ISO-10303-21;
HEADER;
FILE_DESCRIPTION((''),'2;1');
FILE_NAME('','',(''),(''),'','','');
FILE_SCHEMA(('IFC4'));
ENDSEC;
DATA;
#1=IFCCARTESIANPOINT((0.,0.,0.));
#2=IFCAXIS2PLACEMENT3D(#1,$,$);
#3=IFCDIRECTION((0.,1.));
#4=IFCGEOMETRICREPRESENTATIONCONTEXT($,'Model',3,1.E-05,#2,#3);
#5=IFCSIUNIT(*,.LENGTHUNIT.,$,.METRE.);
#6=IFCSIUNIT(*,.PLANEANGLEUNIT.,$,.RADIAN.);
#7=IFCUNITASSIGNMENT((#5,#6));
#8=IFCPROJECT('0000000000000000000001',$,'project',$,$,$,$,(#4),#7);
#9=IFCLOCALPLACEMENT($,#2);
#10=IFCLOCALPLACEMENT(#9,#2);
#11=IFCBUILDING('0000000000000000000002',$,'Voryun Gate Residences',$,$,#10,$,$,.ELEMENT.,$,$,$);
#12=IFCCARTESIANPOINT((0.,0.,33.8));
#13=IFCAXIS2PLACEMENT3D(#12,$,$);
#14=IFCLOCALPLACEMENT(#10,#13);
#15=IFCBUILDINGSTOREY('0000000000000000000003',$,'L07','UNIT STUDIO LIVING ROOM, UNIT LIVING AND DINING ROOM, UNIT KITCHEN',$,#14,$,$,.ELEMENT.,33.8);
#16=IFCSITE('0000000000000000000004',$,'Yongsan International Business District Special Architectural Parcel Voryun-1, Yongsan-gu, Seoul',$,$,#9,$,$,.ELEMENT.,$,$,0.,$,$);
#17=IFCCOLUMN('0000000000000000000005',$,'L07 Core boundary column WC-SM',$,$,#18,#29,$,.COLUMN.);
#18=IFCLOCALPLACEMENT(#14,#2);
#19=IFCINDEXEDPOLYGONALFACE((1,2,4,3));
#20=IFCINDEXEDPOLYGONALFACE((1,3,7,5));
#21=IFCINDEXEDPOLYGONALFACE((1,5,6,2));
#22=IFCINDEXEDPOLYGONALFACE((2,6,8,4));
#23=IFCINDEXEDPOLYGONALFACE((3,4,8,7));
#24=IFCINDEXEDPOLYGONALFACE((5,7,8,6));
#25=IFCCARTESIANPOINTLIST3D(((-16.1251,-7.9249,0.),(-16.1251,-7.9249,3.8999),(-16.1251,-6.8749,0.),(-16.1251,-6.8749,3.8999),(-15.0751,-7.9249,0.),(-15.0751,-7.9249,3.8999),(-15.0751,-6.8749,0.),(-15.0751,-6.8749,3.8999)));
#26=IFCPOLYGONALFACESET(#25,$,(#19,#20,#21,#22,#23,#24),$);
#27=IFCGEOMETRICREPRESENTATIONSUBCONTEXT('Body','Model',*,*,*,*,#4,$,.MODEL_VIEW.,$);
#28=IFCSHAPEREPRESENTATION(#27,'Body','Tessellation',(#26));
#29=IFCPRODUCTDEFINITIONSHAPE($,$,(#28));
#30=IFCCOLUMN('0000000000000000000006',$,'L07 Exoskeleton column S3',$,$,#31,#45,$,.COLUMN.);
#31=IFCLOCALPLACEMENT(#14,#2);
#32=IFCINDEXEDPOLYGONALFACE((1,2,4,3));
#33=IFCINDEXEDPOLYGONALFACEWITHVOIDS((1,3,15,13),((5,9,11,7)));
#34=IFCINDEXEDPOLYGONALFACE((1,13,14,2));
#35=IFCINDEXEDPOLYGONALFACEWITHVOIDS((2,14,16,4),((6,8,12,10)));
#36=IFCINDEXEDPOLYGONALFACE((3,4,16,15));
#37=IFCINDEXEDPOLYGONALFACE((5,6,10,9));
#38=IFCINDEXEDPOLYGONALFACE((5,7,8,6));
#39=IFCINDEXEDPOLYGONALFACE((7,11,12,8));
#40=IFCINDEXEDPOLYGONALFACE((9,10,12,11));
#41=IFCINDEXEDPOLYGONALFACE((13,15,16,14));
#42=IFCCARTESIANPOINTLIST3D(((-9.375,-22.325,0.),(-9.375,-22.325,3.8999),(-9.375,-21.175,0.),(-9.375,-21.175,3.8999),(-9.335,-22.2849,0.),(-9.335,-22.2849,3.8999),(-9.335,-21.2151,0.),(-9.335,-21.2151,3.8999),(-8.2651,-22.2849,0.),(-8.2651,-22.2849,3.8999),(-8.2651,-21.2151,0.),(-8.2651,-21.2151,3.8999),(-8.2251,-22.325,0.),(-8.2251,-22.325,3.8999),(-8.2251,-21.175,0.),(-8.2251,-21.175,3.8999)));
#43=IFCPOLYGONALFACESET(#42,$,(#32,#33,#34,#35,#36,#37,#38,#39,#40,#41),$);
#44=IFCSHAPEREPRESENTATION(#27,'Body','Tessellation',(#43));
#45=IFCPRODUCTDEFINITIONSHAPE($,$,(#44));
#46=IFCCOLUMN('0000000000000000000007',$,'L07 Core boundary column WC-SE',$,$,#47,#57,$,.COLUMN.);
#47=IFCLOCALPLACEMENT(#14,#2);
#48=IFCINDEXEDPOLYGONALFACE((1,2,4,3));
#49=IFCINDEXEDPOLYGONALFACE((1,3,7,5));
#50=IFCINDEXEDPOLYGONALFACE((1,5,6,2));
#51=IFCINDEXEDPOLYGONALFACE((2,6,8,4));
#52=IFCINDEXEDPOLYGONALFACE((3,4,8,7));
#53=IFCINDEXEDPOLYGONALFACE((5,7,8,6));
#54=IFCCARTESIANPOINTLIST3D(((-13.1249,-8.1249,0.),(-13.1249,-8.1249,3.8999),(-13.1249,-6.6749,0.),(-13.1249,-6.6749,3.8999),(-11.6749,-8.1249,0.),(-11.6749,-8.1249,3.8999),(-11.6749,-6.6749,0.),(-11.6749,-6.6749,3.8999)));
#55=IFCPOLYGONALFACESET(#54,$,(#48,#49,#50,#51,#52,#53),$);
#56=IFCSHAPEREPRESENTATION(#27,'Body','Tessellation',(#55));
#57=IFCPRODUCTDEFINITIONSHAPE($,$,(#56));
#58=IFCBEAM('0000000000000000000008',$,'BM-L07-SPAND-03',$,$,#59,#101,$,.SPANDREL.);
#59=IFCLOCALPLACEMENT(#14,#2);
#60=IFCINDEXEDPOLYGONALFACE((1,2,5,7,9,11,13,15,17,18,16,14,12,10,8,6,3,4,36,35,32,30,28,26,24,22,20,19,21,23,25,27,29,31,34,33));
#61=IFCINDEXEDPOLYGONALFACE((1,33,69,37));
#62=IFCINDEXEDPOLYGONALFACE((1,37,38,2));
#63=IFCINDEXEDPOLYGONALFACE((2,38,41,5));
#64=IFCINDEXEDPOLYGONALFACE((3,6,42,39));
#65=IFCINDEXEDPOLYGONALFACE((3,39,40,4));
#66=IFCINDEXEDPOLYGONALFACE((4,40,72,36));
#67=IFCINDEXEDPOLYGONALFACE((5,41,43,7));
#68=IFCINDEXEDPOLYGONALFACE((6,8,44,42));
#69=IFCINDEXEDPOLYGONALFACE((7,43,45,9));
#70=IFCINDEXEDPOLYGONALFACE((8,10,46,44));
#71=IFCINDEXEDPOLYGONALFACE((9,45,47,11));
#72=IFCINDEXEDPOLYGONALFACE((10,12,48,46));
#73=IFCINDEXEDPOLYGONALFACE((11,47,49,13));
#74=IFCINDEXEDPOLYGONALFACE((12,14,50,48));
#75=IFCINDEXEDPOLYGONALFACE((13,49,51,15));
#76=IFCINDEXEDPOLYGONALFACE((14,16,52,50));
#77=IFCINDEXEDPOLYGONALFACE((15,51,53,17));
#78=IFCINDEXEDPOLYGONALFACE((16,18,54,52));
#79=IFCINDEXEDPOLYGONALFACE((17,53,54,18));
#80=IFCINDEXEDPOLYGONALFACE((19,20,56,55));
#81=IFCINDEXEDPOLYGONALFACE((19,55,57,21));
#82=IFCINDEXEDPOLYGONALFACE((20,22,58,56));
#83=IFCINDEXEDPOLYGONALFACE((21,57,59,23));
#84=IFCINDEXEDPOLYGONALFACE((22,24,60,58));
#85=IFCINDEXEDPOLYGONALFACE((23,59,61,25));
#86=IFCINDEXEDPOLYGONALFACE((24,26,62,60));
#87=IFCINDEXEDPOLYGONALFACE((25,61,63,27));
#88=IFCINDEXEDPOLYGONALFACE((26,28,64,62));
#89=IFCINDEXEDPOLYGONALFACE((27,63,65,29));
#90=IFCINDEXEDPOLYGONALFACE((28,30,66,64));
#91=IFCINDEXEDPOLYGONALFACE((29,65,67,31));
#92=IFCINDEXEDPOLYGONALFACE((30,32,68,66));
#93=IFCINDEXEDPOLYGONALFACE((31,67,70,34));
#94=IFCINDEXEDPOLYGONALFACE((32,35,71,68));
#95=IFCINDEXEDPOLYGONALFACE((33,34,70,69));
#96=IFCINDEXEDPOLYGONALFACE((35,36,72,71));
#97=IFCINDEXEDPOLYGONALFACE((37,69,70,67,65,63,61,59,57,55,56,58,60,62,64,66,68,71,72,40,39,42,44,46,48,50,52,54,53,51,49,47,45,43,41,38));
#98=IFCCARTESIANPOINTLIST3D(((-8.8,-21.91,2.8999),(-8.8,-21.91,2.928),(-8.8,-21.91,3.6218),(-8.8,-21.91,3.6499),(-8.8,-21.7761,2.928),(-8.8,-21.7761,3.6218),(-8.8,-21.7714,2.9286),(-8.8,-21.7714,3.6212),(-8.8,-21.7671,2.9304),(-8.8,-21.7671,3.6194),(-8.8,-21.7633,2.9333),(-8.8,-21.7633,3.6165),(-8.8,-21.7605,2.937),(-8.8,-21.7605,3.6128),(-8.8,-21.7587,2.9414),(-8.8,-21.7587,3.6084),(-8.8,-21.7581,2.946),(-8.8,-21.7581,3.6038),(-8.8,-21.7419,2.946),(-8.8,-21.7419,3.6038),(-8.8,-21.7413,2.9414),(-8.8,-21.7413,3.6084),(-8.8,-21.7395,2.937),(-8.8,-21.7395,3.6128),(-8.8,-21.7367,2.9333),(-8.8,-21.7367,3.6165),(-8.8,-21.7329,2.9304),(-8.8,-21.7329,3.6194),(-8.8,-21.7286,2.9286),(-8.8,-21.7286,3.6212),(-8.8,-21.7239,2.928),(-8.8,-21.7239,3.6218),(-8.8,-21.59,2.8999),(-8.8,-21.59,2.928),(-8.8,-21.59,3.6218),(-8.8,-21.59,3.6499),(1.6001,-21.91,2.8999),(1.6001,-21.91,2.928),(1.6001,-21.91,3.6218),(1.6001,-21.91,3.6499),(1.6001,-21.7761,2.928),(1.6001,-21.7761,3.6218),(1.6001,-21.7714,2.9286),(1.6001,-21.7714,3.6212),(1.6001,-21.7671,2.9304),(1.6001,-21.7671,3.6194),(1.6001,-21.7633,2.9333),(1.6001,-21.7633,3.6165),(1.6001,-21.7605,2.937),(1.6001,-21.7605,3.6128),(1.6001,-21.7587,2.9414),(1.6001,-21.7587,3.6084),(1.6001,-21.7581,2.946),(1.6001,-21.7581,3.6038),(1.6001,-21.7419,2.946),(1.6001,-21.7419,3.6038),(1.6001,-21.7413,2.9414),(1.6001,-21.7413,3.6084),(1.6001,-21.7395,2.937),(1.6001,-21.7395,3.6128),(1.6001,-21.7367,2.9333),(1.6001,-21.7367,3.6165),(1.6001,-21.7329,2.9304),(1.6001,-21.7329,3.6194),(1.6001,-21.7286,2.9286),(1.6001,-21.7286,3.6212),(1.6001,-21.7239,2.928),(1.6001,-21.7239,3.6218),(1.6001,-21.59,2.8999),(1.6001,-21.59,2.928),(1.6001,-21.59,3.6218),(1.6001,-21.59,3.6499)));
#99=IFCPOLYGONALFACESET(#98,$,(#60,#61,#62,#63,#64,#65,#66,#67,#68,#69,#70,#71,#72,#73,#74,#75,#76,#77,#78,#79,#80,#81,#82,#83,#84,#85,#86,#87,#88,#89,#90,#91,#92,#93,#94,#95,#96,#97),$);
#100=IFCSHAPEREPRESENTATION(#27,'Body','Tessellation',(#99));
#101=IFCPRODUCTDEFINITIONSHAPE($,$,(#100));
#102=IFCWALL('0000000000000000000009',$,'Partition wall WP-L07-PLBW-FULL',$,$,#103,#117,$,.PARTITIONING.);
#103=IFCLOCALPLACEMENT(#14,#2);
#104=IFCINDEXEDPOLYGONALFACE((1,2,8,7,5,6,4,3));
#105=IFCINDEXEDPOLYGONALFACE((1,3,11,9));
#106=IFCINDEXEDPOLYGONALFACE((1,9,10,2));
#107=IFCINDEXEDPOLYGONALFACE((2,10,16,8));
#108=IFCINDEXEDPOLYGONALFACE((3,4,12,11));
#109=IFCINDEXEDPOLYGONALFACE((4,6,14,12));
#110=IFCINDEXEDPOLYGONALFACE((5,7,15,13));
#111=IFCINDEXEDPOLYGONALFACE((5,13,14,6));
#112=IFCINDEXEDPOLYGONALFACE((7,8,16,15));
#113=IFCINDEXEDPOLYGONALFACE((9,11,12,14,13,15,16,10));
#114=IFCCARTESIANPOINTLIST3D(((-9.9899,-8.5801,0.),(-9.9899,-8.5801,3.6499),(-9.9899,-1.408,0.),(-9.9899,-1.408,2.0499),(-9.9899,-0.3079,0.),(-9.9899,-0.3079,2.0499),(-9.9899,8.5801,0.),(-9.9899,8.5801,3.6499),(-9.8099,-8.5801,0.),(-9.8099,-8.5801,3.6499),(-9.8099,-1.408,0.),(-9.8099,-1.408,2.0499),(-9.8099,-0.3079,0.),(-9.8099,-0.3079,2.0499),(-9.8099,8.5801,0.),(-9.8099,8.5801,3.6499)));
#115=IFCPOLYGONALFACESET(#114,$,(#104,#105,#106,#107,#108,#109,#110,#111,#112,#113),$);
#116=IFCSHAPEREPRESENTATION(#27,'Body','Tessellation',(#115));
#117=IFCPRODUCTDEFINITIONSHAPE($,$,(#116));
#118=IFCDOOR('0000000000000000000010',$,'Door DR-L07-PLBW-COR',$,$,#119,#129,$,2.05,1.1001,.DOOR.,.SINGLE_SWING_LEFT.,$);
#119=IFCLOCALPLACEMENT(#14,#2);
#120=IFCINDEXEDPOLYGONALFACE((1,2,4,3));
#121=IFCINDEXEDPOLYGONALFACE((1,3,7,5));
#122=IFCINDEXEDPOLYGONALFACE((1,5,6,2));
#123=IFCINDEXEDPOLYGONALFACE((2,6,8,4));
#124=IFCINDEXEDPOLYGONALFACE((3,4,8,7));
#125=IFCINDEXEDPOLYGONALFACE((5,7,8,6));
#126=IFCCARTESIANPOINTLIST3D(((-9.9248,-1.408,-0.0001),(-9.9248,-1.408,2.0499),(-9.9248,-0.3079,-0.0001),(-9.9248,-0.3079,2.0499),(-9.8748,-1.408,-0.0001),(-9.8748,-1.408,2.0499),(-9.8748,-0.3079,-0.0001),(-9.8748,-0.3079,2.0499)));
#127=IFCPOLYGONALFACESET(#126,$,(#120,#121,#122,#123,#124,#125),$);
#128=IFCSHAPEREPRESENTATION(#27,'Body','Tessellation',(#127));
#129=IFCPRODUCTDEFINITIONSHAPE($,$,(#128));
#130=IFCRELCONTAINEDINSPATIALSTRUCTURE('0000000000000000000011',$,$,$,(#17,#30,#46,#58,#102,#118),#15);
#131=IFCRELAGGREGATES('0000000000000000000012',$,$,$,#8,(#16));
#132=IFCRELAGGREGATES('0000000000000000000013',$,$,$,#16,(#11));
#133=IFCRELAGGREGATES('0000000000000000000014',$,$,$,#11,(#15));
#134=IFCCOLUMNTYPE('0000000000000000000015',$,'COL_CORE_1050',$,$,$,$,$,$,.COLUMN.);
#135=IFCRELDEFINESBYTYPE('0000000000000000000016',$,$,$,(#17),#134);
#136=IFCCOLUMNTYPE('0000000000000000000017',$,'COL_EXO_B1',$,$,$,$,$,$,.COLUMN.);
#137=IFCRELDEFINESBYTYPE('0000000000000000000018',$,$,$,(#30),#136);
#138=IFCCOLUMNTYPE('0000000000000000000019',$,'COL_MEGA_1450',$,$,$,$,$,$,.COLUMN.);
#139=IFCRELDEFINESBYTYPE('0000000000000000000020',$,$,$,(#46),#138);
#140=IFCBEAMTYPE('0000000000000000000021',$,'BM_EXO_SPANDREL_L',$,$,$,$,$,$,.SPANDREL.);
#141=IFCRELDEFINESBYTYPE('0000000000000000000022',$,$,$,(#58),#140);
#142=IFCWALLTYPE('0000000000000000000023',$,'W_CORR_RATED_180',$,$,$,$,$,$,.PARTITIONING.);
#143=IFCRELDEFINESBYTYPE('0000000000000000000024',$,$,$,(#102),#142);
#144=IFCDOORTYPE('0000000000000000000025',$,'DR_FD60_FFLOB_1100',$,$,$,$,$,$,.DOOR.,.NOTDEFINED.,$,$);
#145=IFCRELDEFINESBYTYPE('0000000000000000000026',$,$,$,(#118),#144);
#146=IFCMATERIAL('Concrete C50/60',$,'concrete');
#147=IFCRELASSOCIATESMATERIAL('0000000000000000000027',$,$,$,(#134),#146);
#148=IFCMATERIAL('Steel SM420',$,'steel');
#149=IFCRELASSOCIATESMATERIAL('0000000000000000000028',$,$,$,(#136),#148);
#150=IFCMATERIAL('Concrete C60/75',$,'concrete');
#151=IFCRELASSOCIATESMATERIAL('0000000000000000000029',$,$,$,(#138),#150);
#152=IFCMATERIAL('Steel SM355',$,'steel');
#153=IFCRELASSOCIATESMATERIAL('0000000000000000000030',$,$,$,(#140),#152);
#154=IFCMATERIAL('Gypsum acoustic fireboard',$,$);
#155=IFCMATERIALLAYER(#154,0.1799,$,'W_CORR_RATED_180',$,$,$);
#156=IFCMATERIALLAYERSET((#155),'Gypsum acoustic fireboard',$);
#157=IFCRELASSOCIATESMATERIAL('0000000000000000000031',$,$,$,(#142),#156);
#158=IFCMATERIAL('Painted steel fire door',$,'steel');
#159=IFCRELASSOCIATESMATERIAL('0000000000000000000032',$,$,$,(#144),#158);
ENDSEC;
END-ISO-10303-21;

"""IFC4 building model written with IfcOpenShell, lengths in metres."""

from ifc_helpers import new_model, si_unit, direction, frame, frame_2d, origin, origin_2d, place, context, subcontext, project, spatial, rectangle, hollow_rectangle, i_section, extrude, material, layer, layer_set, material_profile, profile_set, type_object, element, fill, save


model = new_model("IFC4")

# Units and contexts
model_context = context("Model", 3, precision=1e-05, world=origin(), true_north=direction((0.0, 1.0)))
body_context = subcontext(model_context, "Body", "Model", "MODEL_VIEW")
ifc_project = project(units=[si_unit("LENGTHUNIT", "METRE"), si_unit("PLANEANGLEUNIT", "RADIAN")], contexts=[model_context])

# Site, building, storey
site_placement = place(None, origin())
site = spatial("IfcSite", under=ifc_project, at=site_placement, Name="Yongsan International Business District Special Architectural Parcel Voryun-1, Yongsan-gu, Seoul", CompositionType="ELEMENT", RefElevation=0.0)
building_placement = place(site_placement, origin())
building = spatial("IfcBuilding", under=site, at=building_placement, Name="Voryun Gate Residences", CompositionType="ELEMENT")
storey_placement = place(building_placement, frame((0.0, 0.0, 33.8)))
storey = spatial("IfcBuildingStorey", under=building, at=storey_placement, Name="L07", Description="UNIT STUDIO LIVING ROOM, UNIT LIVING AND DINING ROOM, UNIT KITCHEN", CompositionType="ELEMENT", Elevation=33.8)

# Columns
ifc_material_1 = material(Name="Concrete C50/60", Category="concrete")
ifc_material_profile_1 = material_profile(ifc_material_1, rectangle(XDim=1.05, YDim=1.05, at=origin_2d()), Name="RC-1050x1050")
ifc_profile_set_1 = profile_set([ifc_material_profile_1], Name="Concrete C50/60")
column_type_1 = type_object("IfcColumnType", Name="COL_CORE_1050", PredefinedType="COLUMN", material=ifc_profile_set_1)
column_1_placement = place(storey_placement, frame((-15.6001, -7.3999, 0.0), z_axis=(0.0, 0.0, 1.0), x_axis=(1.0, 0.0, 0.0)))
element("IfcColumn", 1, at=column_1_placement, inside=storey, type_object=column_type_1, Name="L07 Core boundary column WC-SM", PredefinedType="COLUMN", context=body_context, shape_type="SweptSolid", body=[
    extrude(rectangle(XDim=1.05, YDim=1.05, at=origin_2d()), origin(), (0.0, 0.0, 1.0), 3.8999),
])
ifc_material_2 = material(Name="Steel SM420", Category="steel")
ifc_material_profile_2 = material_profile(ifc_material_2, hollow_rectangle(XDim=1.1499, YDim=1.1499, WallThickness=0.04, at=origin_2d()), Name="BOX-1150x1150x40")
ifc_profile_set_2 = profile_set([ifc_material_profile_2], Name="Steel SM420")
column_type_2 = type_object("IfcColumnType", Name="COL_EXO_B1", PredefinedType="COLUMN", material=ifc_profile_set_2)
column_2_placement = place(storey_placement, frame((-8.8, -21.75, 0.0), z_axis=(0.0, 0.0, 1.0), x_axis=(1.0, 0.0, 0.0)))
element("IfcColumn", 2, at=column_2_placement, inside=storey, type_object=column_type_2, Name="L07 Exoskeleton column S3", PredefinedType="COLUMN", context=body_context, shape_type="SweptSolid", body=[
    extrude(hollow_rectangle(XDim=1.1499, YDim=1.1499, WallThickness=0.04, at=origin_2d()), origin(), (0.0, 0.0, 1.0), 3.8999),
])
ifc_material_3 = material(Name="Concrete C60/75", Category="concrete")
ifc_material_profile_3 = material_profile(ifc_material_3, rectangle(XDim=1.45, YDim=1.45, at=origin_2d()), Name="RC-1450x1450")
ifc_profile_set_3 = profile_set([ifc_material_profile_3], Name="Concrete C60/75")
column_type_3 = type_object("IfcColumnType", Name="COL_MEGA_1450", PredefinedType="COLUMN", material=ifc_profile_set_3)
column_3_placement = place(storey_placement, frame((-12.3999, -7.3999, 0.0), z_axis=(0.0, 0.0, 1.0), x_axis=(1.0, 0.0, 0.0)))
element("IfcColumn", 3, at=column_3_placement, inside=storey, type_object=column_type_3, Name="L07 Core boundary column WC-SE", PredefinedType="COLUMN", context=body_context, shape_type="SweptSolid", body=[
    extrude(rectangle(XDim=1.45, YDim=1.45, at=origin_2d()), origin(), (0.0, 0.0, 1.0), 3.8999),
])

# Beam
ifc_material_4 = material(Name="Steel SM355", Category="steel")
ifc_material_profile_4 = material_profile(ifc_material_4, i_section(OverallWidth=0.3201, OverallDepth=0.75, WebThickness=0.0161, FlangeThickness=0.0281, FilletRadius=0.0181, at=origin_2d()), Name="H-750x320x16x28")
ifc_profile_set_4 = profile_set([ifc_material_profile_4], Name="Steel SM355")
beam_type = type_object("IfcBeamType", Name="BM_EXO_SPANDREL_L", PredefinedType="SPANDREL", material=ifc_profile_set_4)
beam_placement = place(storey_placement, frame((-8.8, -21.75, 3.2749), z_axis=(1.0, 0.0, 0.0), x_axis=(0.0, 1.0, 0.0)))
element("IfcBeam", 4, at=beam_placement, inside=storey, type_object=beam_type, Name="BM-L07-SPAND-03", PredefinedType="SPANDREL", context=body_context, shape_type="SweptSolid", body=[
    extrude(i_section(OverallWidth=0.3201, OverallDepth=0.75, WebThickness=0.0161, FlangeThickness=0.0281, FilletRadius=0.0181, at=origin_2d()), origin(), (0.0, 0.0, 1.0), 10.4001),
])

# Wall, opening, door
ifc_material_5 = material(Name="Gypsum acoustic fireboard")
ifc_layer_1 = layer(ifc_material_5, 0.1799, Name="W_CORR_RATED_180")
ifc_layer_set_1 = layer_set([ifc_layer_1], Name="Gypsum acoustic fireboard")
wall_type_1 = type_object("IfcWallType", Name="W_CORR_RATED_180", PredefinedType="PARTITIONING", material=ifc_layer_set_1)
wall_1_placement = place(storey_placement, frame((-9.8999, -8.5801, 0.0), z_axis=(0.0, 0.0, 1.0), x_axis=(0.0, 1.0, 0.0)))
wall_1 = element("IfcWall", 5, at=wall_1_placement, inside=storey, type_object=wall_type_1, Name="Partition wall WP-L07-PLBW-FULL", PredefinedType="PARTITIONING", context=body_context, shape_type="SweptSolid", body=[
    extrude(rectangle(XDim=17.1602, YDim=0.1799, at=frame_2d((8.5801, 0.0))), origin(), (0.0, 0.0, 1.0), 3.6499),
])
opening_1_placement = place(wall_1_placement, frame((7.1721, 0.0, 0.0)))
opening_1 = element("IfcOpeningElement", 6, at=opening_1_placement, cuts=wall_1, PredefinedType="OPENING", context=body_context, shape_type="SweptSolid", body=[
    extrude(rectangle(XDim=1.1001, YDim=2.05, at=frame_2d((0.55, 1.0249))), frame((0.0, 0.0999, 0.0), z_axis=(0.0, -1.0, 0.0), x_axis=(1.0, 0.0, 0.0)), (0.0, 0.0, 1.0), 0.2),
])
ifc_material_6 = material(Name="Painted steel fire door", Category="steel")
door_type_1 = type_object("IfcDoorType", Name="DR_FD60_FFLOB_1100", OperationType="NOTDEFINED", PredefinedType="DOOR", material=ifc_material_6)
door_1_placement = place(opening_1_placement, origin())
door_1 = element("IfcDoor", 7, at=door_1_placement, inside=storey, type_object=door_type_1, Name="Door DR-L07-PLBW-COR", OperationType="SINGLE_SWING_LEFT", OverallHeight=2.05, OverallWidth=1.1001, PredefinedType="DOOR", context=body_context, shape_type="SweptSolid", body=[
    extrude(rectangle(XDim=1.1001, YDim=2.05, at=frame_2d((0.55, 1.0249))), frame((0.0, 0.0249, 0.0), z_axis=(0.0, -1.0, 0.0), x_axis=(1.0, 0.0, 0.0)), (0.0, 0.0, 1.0), 0.05),
])
fill(opening_1, door_1)

save(model, "model.ifc")
